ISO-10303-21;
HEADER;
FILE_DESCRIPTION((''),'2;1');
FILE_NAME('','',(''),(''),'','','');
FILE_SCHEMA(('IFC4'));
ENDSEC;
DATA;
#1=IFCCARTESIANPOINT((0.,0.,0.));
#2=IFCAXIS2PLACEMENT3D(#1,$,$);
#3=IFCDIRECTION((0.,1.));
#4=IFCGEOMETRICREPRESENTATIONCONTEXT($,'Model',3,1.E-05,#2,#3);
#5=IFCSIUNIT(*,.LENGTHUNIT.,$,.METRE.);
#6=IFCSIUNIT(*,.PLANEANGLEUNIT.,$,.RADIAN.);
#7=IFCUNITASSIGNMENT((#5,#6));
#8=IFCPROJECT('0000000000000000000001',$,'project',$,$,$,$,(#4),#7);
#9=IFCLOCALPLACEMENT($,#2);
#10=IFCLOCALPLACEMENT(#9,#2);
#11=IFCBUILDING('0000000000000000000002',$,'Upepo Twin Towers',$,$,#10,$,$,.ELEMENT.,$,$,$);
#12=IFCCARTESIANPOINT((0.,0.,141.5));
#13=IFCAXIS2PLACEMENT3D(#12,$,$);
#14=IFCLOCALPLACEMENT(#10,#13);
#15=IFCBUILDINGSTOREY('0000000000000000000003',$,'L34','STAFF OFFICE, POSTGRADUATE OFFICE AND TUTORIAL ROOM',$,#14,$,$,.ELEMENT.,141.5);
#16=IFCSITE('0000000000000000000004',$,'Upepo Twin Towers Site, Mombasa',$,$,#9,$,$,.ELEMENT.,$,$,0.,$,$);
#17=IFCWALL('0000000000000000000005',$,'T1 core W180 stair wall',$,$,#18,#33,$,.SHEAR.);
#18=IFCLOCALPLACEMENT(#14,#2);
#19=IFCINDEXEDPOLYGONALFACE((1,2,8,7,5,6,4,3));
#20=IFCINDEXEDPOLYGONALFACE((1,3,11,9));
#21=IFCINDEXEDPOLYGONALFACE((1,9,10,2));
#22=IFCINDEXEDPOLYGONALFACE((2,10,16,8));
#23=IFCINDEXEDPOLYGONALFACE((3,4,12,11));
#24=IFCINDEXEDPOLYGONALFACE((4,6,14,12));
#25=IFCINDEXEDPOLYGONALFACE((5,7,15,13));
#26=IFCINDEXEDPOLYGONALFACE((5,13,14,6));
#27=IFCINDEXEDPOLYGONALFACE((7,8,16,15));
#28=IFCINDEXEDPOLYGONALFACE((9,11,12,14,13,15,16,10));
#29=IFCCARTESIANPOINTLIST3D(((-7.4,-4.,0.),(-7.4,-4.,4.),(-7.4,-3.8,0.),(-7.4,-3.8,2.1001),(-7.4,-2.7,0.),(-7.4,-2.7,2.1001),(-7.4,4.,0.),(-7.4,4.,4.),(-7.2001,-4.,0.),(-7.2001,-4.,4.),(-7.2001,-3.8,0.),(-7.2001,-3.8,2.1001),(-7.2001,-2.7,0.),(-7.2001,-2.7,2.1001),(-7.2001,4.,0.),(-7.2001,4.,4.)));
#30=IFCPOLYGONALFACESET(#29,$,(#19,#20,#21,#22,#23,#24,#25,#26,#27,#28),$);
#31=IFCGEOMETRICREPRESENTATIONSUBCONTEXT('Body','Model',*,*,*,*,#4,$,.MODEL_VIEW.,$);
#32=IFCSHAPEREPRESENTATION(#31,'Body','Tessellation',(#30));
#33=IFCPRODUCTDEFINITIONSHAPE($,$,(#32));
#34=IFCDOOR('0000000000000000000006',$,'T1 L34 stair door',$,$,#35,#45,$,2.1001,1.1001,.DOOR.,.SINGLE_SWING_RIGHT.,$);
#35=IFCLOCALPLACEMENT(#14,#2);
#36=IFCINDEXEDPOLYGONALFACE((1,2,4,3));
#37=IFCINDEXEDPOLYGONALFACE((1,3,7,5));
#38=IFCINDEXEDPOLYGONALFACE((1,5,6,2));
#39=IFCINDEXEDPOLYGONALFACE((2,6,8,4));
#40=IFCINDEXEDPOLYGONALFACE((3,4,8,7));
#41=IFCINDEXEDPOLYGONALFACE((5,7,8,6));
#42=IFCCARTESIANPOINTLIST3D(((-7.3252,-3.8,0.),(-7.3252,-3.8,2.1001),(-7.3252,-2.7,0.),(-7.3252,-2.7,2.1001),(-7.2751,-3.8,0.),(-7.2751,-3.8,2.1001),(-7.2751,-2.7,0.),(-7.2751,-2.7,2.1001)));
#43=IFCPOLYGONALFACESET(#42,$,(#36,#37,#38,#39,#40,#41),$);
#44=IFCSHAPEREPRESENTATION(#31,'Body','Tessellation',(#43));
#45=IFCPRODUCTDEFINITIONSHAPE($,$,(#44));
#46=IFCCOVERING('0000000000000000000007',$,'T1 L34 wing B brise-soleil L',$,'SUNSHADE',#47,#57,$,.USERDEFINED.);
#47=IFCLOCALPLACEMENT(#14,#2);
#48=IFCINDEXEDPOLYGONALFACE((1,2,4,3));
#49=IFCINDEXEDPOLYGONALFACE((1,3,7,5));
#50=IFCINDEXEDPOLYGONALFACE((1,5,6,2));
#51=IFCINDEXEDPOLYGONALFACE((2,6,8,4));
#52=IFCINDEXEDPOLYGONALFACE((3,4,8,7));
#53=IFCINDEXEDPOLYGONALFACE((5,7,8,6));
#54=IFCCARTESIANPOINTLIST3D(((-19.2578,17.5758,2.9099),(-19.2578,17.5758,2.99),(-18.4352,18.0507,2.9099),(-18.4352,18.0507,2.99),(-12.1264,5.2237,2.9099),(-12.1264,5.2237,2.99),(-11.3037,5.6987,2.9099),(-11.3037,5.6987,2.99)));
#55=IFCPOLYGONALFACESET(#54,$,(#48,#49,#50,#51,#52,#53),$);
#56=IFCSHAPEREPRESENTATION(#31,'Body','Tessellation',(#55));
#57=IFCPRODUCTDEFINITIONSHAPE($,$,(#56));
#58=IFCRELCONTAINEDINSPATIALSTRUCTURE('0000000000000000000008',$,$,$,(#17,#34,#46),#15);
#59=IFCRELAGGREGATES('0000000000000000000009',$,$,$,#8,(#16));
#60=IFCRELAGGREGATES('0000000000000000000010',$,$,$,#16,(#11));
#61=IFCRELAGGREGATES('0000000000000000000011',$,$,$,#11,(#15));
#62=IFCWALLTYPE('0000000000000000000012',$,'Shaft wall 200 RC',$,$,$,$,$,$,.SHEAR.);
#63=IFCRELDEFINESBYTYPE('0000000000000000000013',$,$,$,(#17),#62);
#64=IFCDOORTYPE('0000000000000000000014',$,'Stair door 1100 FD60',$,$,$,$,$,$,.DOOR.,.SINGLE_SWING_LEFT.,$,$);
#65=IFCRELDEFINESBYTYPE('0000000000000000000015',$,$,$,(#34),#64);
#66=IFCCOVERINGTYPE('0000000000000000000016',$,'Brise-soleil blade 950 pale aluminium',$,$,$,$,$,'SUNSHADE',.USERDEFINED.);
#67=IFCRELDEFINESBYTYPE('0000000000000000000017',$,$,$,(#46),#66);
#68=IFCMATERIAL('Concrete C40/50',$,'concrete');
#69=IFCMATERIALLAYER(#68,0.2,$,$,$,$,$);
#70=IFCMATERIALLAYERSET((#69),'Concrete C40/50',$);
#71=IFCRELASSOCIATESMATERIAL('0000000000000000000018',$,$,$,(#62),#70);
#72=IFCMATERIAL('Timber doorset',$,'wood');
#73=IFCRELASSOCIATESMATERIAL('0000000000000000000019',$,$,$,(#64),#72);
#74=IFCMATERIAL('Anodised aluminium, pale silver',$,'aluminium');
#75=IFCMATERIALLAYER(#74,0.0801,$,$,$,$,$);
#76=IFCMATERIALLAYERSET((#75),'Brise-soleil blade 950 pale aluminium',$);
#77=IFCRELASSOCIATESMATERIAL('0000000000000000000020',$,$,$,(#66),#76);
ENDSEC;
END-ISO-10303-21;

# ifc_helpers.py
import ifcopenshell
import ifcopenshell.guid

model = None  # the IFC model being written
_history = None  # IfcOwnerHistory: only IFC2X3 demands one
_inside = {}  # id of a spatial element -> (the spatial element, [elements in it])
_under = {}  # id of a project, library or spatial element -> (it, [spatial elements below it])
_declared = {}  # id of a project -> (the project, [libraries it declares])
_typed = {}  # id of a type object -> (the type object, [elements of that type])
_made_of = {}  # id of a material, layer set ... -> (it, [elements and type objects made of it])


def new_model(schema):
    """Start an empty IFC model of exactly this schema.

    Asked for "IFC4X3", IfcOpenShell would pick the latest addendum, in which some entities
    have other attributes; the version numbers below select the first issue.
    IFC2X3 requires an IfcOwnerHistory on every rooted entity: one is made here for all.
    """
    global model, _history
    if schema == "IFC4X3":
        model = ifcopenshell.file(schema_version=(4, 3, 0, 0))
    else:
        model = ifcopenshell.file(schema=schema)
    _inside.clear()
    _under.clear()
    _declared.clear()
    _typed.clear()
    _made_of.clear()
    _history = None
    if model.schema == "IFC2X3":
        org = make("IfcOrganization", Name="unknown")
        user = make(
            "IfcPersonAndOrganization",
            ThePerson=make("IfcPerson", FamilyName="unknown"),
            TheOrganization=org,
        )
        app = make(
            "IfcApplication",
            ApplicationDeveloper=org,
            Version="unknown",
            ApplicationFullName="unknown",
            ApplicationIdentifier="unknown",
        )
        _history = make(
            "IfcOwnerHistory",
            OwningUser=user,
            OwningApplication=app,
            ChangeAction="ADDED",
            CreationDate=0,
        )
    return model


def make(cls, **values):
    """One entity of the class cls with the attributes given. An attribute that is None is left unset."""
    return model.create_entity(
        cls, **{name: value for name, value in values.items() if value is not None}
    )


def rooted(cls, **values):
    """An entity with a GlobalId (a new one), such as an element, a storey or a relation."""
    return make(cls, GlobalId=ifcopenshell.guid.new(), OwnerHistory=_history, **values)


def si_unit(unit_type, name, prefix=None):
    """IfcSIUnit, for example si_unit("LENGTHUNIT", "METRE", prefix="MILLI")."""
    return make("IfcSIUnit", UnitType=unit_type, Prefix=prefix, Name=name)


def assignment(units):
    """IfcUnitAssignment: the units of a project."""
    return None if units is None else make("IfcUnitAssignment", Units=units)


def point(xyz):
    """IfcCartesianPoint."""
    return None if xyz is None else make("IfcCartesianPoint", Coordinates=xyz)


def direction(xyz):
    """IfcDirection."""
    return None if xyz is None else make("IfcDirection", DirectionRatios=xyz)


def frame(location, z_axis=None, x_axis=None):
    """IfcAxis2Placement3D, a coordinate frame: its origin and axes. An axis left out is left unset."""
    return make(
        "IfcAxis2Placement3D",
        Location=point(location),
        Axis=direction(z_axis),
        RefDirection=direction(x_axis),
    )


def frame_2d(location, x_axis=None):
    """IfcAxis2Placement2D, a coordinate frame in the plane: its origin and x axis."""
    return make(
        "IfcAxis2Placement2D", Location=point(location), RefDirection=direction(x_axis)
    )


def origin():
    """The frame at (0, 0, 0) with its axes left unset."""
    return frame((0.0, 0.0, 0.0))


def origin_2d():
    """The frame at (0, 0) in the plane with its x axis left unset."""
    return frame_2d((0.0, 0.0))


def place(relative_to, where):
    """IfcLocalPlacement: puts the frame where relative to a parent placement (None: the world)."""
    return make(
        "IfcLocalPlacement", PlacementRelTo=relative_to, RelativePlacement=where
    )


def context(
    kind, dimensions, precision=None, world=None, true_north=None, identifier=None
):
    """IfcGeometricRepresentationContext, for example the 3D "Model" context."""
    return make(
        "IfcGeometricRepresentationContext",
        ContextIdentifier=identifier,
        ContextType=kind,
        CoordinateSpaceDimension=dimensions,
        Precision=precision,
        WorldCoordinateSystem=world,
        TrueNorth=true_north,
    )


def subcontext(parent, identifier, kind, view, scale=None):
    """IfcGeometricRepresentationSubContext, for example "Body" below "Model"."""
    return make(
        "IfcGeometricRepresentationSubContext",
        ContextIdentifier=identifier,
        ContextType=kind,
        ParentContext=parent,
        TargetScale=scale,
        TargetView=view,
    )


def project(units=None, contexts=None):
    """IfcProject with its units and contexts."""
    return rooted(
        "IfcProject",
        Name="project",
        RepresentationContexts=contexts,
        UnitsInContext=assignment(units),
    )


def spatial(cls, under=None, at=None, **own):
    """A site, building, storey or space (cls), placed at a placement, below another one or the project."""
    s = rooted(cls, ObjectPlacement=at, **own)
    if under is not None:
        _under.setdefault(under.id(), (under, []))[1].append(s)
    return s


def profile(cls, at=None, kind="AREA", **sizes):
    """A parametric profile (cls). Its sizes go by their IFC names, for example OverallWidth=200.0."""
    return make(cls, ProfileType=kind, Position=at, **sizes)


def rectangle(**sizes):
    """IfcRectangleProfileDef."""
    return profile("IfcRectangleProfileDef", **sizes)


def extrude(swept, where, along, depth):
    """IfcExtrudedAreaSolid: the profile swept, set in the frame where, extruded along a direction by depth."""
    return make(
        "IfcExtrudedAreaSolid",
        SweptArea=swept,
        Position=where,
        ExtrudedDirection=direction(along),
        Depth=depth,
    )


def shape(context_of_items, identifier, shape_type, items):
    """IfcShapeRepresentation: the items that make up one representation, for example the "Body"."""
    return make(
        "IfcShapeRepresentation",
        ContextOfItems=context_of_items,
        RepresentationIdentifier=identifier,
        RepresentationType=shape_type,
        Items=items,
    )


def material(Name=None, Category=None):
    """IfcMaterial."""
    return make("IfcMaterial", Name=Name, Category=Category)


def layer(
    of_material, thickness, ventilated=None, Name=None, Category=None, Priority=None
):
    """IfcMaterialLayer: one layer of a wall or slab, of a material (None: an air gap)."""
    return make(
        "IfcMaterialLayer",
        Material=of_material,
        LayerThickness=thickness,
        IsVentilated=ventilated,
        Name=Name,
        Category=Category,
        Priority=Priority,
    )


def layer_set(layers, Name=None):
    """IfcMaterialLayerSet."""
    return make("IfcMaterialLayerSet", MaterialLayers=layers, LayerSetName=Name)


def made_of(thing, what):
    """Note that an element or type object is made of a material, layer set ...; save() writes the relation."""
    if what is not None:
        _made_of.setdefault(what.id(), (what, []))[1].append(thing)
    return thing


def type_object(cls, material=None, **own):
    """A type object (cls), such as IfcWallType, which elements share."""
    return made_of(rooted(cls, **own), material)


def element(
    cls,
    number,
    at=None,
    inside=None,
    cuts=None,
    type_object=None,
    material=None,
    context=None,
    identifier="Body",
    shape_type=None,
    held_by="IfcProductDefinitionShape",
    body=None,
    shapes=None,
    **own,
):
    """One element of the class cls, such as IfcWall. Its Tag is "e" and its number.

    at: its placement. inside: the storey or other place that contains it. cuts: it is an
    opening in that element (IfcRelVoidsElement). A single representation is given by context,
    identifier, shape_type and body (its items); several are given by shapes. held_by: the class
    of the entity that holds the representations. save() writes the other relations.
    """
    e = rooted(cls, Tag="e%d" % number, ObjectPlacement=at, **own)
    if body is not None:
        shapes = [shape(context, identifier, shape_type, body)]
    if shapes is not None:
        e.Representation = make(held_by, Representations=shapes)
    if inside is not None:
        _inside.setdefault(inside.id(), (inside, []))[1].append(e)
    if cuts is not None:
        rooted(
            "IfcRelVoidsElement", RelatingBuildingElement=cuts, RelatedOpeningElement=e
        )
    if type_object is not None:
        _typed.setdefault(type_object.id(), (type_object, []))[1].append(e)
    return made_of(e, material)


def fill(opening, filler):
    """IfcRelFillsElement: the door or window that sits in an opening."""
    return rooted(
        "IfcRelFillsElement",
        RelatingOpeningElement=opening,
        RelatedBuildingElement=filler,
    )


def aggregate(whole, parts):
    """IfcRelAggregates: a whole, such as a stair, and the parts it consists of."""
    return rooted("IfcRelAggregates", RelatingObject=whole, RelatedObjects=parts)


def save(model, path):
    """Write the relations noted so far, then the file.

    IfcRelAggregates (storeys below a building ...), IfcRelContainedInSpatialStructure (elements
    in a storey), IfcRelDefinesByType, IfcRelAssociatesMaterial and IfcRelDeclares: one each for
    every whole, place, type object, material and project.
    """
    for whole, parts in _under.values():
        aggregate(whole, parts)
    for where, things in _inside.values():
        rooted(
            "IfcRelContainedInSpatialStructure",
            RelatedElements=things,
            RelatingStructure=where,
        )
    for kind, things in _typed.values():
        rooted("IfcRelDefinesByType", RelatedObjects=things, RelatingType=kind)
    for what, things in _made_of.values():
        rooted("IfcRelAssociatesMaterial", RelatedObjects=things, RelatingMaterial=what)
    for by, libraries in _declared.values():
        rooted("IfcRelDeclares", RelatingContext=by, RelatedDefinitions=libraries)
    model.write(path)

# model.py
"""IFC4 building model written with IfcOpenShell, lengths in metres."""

from ifc_helpers import new_model, si_unit, direction, frame, frame_2d, origin, origin_2d, place, context, subcontext, project, spatial, rectangle, extrude, material, layer, layer_set, type_object, element, fill, save


model = new_model("IFC4")

# Units and contexts
model_context = context("Model", 3, precision=1e-05, world=origin(), true_north=direction((0.0, 1.0)))
body_context = subcontext(model_context, "Body", "Model", "MODEL_VIEW")
ifc_project = project(units=[si_unit("LENGTHUNIT", "METRE"), si_unit("PLANEANGLEUNIT", "RADIAN")], contexts=[model_context])

# Site, building, storey
site_placement = place(None, origin())
site = spatial("IfcSite", under=ifc_project, at=site_placement, Name="Upepo Twin Towers Site, Mombasa", CompositionType="ELEMENT", RefElevation=0.0)
building_placement = place(site_placement, origin())
building = spatial("IfcBuilding", under=site, at=building_placement, Name="Upepo Twin Towers", CompositionType="ELEMENT")
storey_placement = place(building_placement, frame((0.0, 0.0, 141.5)))
storey = spatial("IfcBuildingStorey", under=building, at=storey_placement, Name="L34", Description="STAFF OFFICE, POSTGRADUATE OFFICE AND TUTORIAL ROOM", CompositionType="ELEMENT", Elevation=141.5)

# Wall, opening, door
ifc_material_1 = material(Name="Concrete C40/50", Category="concrete")
ifc_layer_1 = layer(ifc_material_1, 0.2)
ifc_layer_set_1 = layer_set([ifc_layer_1], Name="Concrete C40/50")
wall_type_1 = type_object("IfcWallType", Name="Shaft wall 200 RC", PredefinedType="SHEAR", material=ifc_layer_set_1)
wall_1_placement = place(storey_placement, frame((-7.3, 4.0, 0.0), z_axis=(0.0, 0.0, 1.0), x_axis=(0.0, -1.0, 0.0)))
wall_1 = element("IfcWall", 1, at=wall_1_placement, inside=storey, type_object=wall_type_1, Name="T1 core W180 stair wall", PredefinedType="SHEAR", context=body_context, shape_type="SweptSolid", body=[
    extrude(rectangle(XDim=8.0, YDim=0.2, at=frame_2d((4.0, 0.0))), origin(), (0.0, 0.0, 1.0), 4.0),
])
opening_1_placement = place(wall_1_placement, frame((6.7, 0.0, 0.0)))
opening_1 = element("IfcOpeningElement", 2, at=opening_1_placement, cuts=wall_1, PredefinedType="OPENING", context=body_context, shape_type="SweptSolid", body=[
    extrude(rectangle(XDim=1.1001, YDim=2.1001, at=frame_2d((0.55, 1.05))), frame((0.0, 0.1099, 0.0), z_axis=(0.0, -1.0, 0.0), x_axis=(1.0, 0.0, 0.0)), (0.0, 0.0, 1.0), 0.22),
])
ifc_material_2 = material(Name="Timber doorset", Category="wood")
door_type_1 = type_object("IfcDoorType", Name="Stair door 1100 FD60", OperationType="SINGLE_SWING_LEFT", PredefinedType="DOOR", material=ifc_material_2)
door_1_placement = place(opening_1_placement, origin())
door_1 = element("IfcDoor", 3, at=door_1_placement, inside=storey, type_object=door_type_1, Name="T1 L34 stair door", OperationType="SINGLE_SWING_RIGHT", OverallHeight=2.1001, OverallWidth=1.1001, PredefinedType="DOOR", context=body_context, shape_type="SweptSolid", body=[
    extrude(rectangle(XDim=1.1001, YDim=2.1001, at=frame_2d((0.55, 1.05))), frame((0.0, 0.0249, 0.0), z_axis=(0.0, -1.0, 0.0), x_axis=(1.0, 0.0, 0.0)), (0.0, 0.0, 1.0), 0.05),
])
fill(opening_1, door_1)

# Covering
ifc_material_3 = material(Name="Anodised aluminium, pale silver", Category="aluminium")
ifc_layer_2 = layer(ifc_material_3, 0.0801)
ifc_layer_set_2 = layer_set([ifc_layer_2], Name="Brise-soleil blade 950 pale aluminium")
covering_type = type_object("IfcCoveringType", Name="Brise-soleil blade 950 pale aluminium", ElementType="SUNSHADE", PredefinedType="USERDEFINED", material=ifc_layer_set_2)
covering_placement = place(storey_placement, frame((-15.2808, 11.6372, 2.9099), z_axis=(0.0, 0.0, 1.0), x_axis=(-0.5, 0.866025, 0.0)))
element("IfcCovering", 4, at=covering_placement, inside=storey, type_object=covering_type, Name="T1 L34 wing B brise-soleil L", ObjectType="SUNSHADE", PredefinedType="USERDEFINED", context=body_context, shape_type="SweptSolid", body=[
    extrude(rectangle(XDim=14.2629, YDim=0.95, at=origin_2d()), origin(), (0.0, 0.0, 1.0), 0.0801),
])

save(model, "model.ifc")
